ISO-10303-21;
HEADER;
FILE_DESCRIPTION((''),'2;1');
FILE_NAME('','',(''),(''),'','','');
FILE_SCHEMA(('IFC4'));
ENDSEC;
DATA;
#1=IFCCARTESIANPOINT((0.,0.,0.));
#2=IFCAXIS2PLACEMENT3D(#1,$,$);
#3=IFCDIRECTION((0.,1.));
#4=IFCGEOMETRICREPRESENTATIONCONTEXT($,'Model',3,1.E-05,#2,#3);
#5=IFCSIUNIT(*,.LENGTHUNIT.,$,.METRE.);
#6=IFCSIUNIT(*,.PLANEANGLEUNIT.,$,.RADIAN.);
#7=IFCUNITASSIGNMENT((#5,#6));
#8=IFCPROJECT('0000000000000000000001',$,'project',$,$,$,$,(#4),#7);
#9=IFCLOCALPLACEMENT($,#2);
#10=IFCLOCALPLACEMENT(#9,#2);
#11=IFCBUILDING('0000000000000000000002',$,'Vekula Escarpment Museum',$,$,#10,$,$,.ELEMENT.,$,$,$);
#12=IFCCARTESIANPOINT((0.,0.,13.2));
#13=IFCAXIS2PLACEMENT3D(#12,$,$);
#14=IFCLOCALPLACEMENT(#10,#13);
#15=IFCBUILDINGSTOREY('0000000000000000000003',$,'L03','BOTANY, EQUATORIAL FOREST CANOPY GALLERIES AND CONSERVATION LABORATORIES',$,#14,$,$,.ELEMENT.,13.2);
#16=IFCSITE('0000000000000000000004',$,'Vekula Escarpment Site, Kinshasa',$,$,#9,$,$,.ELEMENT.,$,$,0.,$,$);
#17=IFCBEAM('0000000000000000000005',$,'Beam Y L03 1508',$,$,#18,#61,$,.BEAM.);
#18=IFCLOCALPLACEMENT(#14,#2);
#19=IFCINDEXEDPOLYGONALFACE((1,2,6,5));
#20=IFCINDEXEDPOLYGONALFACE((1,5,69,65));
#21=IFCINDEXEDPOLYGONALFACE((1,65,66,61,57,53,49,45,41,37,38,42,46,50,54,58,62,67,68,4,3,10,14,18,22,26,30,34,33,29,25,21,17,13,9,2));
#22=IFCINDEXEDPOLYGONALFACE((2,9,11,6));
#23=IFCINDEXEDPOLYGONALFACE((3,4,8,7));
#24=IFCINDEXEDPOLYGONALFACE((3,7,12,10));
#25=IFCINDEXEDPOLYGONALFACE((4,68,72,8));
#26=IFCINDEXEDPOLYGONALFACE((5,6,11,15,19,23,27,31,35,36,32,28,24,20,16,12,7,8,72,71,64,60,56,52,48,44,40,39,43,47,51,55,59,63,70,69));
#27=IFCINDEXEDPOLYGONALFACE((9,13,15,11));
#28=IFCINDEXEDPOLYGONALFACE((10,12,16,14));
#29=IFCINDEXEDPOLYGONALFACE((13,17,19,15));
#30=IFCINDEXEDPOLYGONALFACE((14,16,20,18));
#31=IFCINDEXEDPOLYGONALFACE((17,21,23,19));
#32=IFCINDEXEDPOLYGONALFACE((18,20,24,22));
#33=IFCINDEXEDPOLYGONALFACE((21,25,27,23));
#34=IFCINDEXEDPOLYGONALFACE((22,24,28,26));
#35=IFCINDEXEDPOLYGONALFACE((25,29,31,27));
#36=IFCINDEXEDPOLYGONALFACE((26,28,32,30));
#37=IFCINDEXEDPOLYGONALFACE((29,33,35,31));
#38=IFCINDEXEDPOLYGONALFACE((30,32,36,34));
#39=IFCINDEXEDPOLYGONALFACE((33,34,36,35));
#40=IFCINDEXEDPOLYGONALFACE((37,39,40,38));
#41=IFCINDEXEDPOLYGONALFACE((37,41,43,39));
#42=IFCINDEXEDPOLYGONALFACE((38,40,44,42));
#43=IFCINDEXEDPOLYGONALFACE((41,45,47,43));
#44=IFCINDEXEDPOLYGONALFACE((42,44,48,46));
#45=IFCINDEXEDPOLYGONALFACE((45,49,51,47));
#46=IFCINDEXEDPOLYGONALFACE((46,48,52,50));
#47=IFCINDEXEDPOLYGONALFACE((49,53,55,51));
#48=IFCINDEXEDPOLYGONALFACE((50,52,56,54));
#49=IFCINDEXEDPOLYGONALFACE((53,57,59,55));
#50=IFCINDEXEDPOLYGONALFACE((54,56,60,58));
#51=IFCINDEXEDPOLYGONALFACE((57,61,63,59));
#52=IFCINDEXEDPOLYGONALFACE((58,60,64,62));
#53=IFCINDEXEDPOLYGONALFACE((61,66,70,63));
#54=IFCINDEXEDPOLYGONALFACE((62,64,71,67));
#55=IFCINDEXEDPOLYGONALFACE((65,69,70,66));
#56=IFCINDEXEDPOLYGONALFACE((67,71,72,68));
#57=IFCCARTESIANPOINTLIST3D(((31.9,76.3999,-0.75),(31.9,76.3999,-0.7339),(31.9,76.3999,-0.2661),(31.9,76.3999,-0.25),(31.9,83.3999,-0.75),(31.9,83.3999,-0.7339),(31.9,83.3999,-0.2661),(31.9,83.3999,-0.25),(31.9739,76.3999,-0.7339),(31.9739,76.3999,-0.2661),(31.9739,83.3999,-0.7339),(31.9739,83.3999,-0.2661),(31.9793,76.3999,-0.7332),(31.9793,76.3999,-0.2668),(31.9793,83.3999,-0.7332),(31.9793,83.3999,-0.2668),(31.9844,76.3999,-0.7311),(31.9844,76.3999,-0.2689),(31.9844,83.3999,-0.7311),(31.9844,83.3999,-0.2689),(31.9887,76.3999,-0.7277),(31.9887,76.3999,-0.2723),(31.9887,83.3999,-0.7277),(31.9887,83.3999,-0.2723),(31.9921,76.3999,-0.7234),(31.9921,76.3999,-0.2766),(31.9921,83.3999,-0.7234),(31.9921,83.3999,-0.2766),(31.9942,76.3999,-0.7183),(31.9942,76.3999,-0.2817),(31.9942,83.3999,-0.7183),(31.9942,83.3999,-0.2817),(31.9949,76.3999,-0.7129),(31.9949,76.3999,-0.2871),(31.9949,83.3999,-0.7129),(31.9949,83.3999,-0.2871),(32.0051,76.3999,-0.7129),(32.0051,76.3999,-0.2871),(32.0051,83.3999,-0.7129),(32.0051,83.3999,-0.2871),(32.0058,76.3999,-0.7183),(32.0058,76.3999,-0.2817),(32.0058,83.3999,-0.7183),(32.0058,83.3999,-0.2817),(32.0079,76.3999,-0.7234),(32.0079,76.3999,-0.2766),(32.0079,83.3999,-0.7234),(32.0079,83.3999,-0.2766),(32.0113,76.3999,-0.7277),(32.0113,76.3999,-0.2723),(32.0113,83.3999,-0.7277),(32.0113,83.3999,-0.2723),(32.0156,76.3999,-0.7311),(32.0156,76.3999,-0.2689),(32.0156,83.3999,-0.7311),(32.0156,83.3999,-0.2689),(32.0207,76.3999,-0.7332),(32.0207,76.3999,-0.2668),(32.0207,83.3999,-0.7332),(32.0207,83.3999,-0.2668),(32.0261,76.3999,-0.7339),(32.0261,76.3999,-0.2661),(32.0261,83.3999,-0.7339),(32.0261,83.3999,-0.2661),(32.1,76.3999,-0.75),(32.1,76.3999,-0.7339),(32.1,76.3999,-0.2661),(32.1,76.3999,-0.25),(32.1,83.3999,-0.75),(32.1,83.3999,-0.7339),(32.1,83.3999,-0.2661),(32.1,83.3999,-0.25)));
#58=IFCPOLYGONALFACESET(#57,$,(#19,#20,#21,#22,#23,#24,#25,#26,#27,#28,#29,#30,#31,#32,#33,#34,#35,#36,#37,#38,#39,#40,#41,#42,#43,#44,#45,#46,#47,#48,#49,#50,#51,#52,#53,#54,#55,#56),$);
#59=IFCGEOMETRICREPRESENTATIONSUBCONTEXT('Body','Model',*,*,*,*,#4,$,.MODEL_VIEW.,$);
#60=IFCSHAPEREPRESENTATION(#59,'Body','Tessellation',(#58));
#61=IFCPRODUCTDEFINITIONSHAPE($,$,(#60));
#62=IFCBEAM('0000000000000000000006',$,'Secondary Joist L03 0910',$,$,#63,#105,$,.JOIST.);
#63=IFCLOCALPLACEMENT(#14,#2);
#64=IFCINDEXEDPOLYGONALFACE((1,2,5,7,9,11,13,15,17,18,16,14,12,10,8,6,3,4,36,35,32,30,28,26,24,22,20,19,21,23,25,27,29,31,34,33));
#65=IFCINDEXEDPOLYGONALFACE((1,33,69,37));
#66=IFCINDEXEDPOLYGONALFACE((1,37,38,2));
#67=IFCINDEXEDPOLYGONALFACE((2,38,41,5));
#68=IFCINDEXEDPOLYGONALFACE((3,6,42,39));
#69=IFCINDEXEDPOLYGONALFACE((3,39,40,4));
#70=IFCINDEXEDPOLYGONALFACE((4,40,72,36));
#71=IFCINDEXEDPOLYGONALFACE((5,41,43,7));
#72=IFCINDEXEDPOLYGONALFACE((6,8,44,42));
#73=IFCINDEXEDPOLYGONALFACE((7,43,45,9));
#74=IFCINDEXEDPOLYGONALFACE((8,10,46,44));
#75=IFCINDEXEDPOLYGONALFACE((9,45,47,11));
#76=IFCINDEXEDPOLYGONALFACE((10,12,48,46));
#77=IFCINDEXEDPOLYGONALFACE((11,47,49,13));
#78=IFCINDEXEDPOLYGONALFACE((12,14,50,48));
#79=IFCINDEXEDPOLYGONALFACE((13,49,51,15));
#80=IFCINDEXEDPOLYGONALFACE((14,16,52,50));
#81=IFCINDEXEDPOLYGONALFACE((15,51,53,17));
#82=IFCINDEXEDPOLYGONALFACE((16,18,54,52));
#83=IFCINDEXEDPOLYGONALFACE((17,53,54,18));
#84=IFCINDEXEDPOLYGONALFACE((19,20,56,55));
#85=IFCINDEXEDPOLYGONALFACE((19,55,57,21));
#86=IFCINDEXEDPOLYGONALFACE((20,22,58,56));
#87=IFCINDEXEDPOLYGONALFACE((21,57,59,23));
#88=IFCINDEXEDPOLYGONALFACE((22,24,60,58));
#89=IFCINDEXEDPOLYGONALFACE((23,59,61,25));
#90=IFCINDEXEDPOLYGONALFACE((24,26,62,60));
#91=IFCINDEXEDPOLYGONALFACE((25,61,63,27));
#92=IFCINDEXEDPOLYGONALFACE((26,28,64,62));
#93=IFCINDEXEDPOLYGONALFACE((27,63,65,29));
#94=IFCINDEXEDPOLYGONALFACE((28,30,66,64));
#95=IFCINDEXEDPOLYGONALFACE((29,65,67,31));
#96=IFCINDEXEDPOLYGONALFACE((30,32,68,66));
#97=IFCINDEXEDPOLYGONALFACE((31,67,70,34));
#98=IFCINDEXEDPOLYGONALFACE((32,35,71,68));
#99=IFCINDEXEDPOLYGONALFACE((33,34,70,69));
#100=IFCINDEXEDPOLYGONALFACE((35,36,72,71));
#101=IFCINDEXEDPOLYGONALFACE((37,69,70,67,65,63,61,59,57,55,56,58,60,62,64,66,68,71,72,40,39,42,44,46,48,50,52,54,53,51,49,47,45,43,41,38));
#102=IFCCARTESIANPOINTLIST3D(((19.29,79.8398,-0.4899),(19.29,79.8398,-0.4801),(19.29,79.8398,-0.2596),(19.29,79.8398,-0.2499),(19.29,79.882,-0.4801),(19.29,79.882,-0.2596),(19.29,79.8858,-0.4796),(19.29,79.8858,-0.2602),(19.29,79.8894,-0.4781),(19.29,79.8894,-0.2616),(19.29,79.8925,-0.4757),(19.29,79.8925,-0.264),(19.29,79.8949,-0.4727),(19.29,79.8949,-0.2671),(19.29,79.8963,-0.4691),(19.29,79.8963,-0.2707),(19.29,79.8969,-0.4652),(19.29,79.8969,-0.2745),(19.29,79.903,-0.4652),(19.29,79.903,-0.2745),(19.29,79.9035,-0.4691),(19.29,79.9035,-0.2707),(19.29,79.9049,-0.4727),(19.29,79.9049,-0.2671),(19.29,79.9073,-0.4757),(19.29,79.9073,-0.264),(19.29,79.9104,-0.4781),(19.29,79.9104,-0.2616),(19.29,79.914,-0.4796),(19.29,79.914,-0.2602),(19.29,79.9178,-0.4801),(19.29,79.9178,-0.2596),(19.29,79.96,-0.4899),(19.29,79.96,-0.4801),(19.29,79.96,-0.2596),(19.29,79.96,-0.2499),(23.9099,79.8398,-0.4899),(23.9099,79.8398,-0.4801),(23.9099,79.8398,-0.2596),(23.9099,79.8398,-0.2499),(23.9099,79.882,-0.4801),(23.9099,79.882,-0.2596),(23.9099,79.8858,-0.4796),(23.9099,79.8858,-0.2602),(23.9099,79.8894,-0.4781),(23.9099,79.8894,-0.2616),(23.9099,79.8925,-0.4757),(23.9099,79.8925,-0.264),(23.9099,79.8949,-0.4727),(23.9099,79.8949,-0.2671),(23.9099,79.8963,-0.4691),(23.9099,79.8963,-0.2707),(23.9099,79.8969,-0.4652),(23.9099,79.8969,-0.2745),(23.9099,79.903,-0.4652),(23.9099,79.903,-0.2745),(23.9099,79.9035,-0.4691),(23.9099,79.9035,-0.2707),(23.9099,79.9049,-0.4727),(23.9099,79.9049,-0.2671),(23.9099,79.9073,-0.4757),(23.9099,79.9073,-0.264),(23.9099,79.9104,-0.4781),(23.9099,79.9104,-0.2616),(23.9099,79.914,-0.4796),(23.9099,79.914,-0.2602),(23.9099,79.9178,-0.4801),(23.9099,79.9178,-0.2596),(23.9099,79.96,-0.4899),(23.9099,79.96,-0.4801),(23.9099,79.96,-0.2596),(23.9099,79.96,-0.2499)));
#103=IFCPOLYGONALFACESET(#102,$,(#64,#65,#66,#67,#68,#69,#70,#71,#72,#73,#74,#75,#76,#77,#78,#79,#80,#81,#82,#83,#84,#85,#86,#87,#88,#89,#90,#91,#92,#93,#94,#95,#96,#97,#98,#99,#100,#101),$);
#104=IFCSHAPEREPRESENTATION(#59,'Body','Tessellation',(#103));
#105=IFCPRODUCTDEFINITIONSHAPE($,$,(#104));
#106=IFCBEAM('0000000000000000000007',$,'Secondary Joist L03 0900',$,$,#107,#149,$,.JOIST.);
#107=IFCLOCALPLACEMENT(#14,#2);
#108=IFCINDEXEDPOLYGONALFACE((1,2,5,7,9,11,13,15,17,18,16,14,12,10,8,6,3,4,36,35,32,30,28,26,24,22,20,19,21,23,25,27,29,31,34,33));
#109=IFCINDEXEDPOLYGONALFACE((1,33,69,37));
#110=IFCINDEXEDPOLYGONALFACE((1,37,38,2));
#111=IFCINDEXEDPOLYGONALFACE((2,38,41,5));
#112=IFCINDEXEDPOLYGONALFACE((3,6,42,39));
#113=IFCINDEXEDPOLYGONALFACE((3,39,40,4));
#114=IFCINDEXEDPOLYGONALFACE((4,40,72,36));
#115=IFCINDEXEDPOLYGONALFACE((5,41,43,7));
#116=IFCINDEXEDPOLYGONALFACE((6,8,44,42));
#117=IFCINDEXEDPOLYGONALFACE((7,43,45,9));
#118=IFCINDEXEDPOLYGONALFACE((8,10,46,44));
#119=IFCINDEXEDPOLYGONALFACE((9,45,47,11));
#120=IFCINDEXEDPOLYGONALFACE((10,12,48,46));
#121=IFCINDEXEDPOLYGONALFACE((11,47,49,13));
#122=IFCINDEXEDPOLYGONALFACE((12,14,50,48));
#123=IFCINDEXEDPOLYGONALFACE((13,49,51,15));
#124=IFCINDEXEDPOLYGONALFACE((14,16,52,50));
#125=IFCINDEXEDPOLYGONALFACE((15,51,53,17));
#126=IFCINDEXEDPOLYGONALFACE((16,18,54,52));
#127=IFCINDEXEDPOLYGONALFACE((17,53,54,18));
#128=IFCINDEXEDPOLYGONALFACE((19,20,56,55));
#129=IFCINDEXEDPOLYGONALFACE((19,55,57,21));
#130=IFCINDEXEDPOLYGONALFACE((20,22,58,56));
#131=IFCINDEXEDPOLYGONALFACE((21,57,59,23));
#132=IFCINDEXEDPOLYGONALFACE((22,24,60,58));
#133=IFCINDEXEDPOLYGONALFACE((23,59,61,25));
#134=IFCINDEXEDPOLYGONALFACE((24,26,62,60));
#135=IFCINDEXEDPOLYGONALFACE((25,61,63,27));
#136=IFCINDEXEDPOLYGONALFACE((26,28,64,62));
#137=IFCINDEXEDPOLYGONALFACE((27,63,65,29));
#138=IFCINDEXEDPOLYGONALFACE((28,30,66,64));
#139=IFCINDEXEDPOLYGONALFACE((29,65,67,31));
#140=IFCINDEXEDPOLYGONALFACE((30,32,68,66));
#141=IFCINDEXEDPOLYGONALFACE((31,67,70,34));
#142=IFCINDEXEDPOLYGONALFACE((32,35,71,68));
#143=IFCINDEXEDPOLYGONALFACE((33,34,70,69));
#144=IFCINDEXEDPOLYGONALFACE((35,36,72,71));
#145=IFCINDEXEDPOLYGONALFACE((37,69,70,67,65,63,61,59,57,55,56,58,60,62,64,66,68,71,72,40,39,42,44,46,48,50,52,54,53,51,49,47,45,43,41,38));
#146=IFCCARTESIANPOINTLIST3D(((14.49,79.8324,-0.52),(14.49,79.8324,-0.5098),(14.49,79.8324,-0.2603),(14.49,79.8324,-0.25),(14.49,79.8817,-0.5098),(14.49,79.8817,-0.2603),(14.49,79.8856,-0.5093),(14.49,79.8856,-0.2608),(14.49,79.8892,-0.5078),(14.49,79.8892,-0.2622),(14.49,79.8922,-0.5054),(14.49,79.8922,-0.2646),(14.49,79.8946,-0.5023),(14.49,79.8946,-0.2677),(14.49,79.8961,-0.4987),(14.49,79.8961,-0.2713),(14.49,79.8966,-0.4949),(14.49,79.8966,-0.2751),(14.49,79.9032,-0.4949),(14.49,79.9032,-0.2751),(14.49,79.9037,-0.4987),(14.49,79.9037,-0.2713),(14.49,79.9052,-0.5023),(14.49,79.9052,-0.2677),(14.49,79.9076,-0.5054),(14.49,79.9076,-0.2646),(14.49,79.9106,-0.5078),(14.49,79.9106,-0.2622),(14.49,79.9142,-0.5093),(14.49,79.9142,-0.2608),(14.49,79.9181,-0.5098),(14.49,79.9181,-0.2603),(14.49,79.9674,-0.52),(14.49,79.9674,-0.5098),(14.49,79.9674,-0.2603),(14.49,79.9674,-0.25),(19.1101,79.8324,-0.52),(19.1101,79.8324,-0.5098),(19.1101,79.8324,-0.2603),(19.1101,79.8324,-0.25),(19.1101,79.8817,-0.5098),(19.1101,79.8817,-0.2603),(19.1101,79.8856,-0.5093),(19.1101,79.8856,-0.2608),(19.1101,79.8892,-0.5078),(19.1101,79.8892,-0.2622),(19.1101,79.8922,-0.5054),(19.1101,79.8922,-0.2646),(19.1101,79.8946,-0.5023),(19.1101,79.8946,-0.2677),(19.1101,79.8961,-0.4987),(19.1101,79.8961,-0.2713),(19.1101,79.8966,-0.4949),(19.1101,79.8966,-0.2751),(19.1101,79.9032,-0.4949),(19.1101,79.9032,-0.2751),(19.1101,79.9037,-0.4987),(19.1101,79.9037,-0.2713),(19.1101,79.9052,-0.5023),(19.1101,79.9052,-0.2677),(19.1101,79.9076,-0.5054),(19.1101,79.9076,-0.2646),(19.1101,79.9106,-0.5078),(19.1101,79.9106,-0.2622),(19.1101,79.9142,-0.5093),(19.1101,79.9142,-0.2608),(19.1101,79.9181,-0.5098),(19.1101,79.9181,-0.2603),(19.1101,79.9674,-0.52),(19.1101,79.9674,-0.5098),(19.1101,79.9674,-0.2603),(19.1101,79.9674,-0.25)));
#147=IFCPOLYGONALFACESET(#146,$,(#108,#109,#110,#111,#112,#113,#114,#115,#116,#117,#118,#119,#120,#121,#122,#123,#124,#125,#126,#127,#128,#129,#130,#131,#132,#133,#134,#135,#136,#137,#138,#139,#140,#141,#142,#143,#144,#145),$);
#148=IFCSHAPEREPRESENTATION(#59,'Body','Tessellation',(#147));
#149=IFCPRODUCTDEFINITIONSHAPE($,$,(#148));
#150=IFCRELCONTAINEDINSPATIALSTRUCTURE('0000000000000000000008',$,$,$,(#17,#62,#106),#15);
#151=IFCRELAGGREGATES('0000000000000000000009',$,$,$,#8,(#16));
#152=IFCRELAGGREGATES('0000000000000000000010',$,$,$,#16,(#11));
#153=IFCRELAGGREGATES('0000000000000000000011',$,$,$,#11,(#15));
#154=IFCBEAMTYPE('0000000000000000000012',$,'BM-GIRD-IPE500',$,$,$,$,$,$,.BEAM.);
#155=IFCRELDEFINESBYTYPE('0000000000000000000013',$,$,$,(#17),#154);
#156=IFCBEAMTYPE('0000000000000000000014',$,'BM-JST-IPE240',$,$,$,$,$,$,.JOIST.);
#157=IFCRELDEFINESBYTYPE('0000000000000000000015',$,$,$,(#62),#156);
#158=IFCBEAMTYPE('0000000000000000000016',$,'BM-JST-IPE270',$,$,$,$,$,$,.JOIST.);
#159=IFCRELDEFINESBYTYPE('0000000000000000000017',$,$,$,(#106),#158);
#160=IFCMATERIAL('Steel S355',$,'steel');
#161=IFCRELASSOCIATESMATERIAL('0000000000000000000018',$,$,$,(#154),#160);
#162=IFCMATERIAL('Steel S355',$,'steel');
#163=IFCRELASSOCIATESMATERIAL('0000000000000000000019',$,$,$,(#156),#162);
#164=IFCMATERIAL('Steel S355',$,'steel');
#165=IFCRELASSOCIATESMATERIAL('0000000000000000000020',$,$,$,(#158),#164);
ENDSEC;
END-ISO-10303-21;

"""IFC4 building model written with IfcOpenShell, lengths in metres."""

from ifc_helpers import new_model, si_unit, direction, frame, origin, origin_2d, place, context, subcontext, project, spatial, i_section, extrude, material, material_profile, profile_set, type_object, element, save


model = new_model("IFC4")

# Units and contexts
model_context = context("Model", 3, precision=1e-05, world=origin(), true_north=direction((0.0, 1.0)))
body_context = subcontext(model_context, "Body", "Model", "MODEL_VIEW")
ifc_project = project(units=[si_unit("LENGTHUNIT", "METRE"), si_unit("PLANEANGLEUNIT", "RADIAN")], contexts=[model_context])

# Site, building, storey
site_placement = place(None, origin())
site = spatial("IfcSite", under=ifc_project, at=site_placement, Name="Vekula Escarpment Site, Kinshasa", CompositionType="ELEMENT", RefElevation=0.0)
building_placement = place(site_placement, origin())
building = spatial("IfcBuilding", under=site, at=building_placement, Name="Vekula Escarpment Museum", CompositionType="ELEMENT")
storey_placement = place(building_placement, frame((0.0, 0.0, 13.2)))
storey = spatial("IfcBuildingStorey", under=building, at=storey_placement, Name="L03", Description="BOTANY, EQUATORIAL FOREST CANOPY GALLERIES AND CONSERVATION LABORATORIES", CompositionType="ELEMENT", Elevation=13.2)

# Beams
ifc_material_1 = material(Name="Steel S355", Category="steel")
ifc_material_profile_1 = material_profile(ifc_material_1, i_section(OverallWidth=0.2, OverallDepth=0.5, WebThickness=0.0103, FlangeThickness=0.0161, FilletRadius=0.021, at=origin_2d()), Name="IPE 500")
ifc_profile_set_1 = profile_set([ifc_material_profile_1], Name="Steel S355")
beam_type_1 = type_object("IfcBeamType", Name="BM-GIRD-IPE500", PredefinedType="BEAM", material=ifc_profile_set_1)
beam_1_placement = place(storey_placement, frame((32.0, 76.3999, -0.5), z_axis=(0.0, 1.0, 0.0), x_axis=(-1.0, 0.0, 0.0)))
element("IfcBeam", 1, at=beam_1_placement, inside=storey, type_object=beam_type_1, Name="Beam Y L03 1508", PredefinedType="BEAM", context=body_context, shape_type="SweptSolid", body=[
    extrude(i_section(OverallWidth=0.2, OverallDepth=0.5, WebThickness=0.0103, FlangeThickness=0.0161, FilletRadius=0.021, at=origin_2d()), origin(), (0.0, 0.0, 1.0), 7.0),
])
ifc_material_2 = material(Name="Steel S355", Category="steel")
ifc_material_profile_2 = material_profile(ifc_material_2, i_section(OverallWidth=0.1201, OverallDepth=0.24, WebThickness=0.0061, FlangeThickness=0.0098, FilletRadius=0.0149, at=origin_2d()), Name="IPE 240")
ifc_profile_set_2 = profile_set([ifc_material_profile_2], Name="Steel S355")
beam_type_2 = type_object("IfcBeamType", Name="BM-JST-IPE240", PredefinedType="JOIST", material=ifc_profile_set_2)
beam_2_placement = place(storey_placement, frame((19.29, 79.8999, -0.3699), z_axis=(1.0, 0.0, 0.0), x_axis=(0.0, 1.0, 0.0)))
element("IfcBeam", 2, at=beam_2_placement, inside=storey, type_object=beam_type_2, Name="Secondary Joist L03 0910", PredefinedType="JOIST", context=body_context, shape_type="SweptSolid", body=[
    extrude(i_section(OverallWidth=0.1201, OverallDepth=0.24, WebThickness=0.0061, FlangeThickness=0.0098, FilletRadius=0.0149, at=origin_2d()), origin(), (0.0, 0.0, 1.0), 4.6199),
])
ifc_material_3 = material(Name="Steel S355", Category="steel")
ifc_material_profile_3 = material_profile(ifc_material_3, i_section(OverallWidth=0.135, OverallDepth=0.27, WebThickness=0.0066, FlangeThickness=0.0103, FilletRadius=0.0149, at=origin_2d()), Name="IPE 270")
ifc_profile_set_3 = profile_set([ifc_material_profile_3], Name="Steel S355")
beam_type_3 = type_object("IfcBeamType", Name="BM-JST-IPE270", PredefinedType="JOIST", material=ifc_profile_set_3)
beam_3_placement = place(storey_placement, frame((14.49, 79.8999, -0.385), z_axis=(1.0, 0.0, 0.0), x_axis=(0.0, 1.0, 0.0)))
element("IfcBeam", 3, at=beam_3_placement, inside=storey, type_object=beam_type_3, Name="Secondary Joist L03 0900", PredefinedType="JOIST", context=body_context, shape_type="SweptSolid", body=[
    extrude(i_section(OverallWidth=0.135, OverallDepth=0.27, WebThickness=0.0066, FlangeThickness=0.0103, FilletRadius=0.0149, at=origin_2d()), origin(), (0.0, 0.0, 1.0), 4.6201),
])

save(model, "model.ifc")
